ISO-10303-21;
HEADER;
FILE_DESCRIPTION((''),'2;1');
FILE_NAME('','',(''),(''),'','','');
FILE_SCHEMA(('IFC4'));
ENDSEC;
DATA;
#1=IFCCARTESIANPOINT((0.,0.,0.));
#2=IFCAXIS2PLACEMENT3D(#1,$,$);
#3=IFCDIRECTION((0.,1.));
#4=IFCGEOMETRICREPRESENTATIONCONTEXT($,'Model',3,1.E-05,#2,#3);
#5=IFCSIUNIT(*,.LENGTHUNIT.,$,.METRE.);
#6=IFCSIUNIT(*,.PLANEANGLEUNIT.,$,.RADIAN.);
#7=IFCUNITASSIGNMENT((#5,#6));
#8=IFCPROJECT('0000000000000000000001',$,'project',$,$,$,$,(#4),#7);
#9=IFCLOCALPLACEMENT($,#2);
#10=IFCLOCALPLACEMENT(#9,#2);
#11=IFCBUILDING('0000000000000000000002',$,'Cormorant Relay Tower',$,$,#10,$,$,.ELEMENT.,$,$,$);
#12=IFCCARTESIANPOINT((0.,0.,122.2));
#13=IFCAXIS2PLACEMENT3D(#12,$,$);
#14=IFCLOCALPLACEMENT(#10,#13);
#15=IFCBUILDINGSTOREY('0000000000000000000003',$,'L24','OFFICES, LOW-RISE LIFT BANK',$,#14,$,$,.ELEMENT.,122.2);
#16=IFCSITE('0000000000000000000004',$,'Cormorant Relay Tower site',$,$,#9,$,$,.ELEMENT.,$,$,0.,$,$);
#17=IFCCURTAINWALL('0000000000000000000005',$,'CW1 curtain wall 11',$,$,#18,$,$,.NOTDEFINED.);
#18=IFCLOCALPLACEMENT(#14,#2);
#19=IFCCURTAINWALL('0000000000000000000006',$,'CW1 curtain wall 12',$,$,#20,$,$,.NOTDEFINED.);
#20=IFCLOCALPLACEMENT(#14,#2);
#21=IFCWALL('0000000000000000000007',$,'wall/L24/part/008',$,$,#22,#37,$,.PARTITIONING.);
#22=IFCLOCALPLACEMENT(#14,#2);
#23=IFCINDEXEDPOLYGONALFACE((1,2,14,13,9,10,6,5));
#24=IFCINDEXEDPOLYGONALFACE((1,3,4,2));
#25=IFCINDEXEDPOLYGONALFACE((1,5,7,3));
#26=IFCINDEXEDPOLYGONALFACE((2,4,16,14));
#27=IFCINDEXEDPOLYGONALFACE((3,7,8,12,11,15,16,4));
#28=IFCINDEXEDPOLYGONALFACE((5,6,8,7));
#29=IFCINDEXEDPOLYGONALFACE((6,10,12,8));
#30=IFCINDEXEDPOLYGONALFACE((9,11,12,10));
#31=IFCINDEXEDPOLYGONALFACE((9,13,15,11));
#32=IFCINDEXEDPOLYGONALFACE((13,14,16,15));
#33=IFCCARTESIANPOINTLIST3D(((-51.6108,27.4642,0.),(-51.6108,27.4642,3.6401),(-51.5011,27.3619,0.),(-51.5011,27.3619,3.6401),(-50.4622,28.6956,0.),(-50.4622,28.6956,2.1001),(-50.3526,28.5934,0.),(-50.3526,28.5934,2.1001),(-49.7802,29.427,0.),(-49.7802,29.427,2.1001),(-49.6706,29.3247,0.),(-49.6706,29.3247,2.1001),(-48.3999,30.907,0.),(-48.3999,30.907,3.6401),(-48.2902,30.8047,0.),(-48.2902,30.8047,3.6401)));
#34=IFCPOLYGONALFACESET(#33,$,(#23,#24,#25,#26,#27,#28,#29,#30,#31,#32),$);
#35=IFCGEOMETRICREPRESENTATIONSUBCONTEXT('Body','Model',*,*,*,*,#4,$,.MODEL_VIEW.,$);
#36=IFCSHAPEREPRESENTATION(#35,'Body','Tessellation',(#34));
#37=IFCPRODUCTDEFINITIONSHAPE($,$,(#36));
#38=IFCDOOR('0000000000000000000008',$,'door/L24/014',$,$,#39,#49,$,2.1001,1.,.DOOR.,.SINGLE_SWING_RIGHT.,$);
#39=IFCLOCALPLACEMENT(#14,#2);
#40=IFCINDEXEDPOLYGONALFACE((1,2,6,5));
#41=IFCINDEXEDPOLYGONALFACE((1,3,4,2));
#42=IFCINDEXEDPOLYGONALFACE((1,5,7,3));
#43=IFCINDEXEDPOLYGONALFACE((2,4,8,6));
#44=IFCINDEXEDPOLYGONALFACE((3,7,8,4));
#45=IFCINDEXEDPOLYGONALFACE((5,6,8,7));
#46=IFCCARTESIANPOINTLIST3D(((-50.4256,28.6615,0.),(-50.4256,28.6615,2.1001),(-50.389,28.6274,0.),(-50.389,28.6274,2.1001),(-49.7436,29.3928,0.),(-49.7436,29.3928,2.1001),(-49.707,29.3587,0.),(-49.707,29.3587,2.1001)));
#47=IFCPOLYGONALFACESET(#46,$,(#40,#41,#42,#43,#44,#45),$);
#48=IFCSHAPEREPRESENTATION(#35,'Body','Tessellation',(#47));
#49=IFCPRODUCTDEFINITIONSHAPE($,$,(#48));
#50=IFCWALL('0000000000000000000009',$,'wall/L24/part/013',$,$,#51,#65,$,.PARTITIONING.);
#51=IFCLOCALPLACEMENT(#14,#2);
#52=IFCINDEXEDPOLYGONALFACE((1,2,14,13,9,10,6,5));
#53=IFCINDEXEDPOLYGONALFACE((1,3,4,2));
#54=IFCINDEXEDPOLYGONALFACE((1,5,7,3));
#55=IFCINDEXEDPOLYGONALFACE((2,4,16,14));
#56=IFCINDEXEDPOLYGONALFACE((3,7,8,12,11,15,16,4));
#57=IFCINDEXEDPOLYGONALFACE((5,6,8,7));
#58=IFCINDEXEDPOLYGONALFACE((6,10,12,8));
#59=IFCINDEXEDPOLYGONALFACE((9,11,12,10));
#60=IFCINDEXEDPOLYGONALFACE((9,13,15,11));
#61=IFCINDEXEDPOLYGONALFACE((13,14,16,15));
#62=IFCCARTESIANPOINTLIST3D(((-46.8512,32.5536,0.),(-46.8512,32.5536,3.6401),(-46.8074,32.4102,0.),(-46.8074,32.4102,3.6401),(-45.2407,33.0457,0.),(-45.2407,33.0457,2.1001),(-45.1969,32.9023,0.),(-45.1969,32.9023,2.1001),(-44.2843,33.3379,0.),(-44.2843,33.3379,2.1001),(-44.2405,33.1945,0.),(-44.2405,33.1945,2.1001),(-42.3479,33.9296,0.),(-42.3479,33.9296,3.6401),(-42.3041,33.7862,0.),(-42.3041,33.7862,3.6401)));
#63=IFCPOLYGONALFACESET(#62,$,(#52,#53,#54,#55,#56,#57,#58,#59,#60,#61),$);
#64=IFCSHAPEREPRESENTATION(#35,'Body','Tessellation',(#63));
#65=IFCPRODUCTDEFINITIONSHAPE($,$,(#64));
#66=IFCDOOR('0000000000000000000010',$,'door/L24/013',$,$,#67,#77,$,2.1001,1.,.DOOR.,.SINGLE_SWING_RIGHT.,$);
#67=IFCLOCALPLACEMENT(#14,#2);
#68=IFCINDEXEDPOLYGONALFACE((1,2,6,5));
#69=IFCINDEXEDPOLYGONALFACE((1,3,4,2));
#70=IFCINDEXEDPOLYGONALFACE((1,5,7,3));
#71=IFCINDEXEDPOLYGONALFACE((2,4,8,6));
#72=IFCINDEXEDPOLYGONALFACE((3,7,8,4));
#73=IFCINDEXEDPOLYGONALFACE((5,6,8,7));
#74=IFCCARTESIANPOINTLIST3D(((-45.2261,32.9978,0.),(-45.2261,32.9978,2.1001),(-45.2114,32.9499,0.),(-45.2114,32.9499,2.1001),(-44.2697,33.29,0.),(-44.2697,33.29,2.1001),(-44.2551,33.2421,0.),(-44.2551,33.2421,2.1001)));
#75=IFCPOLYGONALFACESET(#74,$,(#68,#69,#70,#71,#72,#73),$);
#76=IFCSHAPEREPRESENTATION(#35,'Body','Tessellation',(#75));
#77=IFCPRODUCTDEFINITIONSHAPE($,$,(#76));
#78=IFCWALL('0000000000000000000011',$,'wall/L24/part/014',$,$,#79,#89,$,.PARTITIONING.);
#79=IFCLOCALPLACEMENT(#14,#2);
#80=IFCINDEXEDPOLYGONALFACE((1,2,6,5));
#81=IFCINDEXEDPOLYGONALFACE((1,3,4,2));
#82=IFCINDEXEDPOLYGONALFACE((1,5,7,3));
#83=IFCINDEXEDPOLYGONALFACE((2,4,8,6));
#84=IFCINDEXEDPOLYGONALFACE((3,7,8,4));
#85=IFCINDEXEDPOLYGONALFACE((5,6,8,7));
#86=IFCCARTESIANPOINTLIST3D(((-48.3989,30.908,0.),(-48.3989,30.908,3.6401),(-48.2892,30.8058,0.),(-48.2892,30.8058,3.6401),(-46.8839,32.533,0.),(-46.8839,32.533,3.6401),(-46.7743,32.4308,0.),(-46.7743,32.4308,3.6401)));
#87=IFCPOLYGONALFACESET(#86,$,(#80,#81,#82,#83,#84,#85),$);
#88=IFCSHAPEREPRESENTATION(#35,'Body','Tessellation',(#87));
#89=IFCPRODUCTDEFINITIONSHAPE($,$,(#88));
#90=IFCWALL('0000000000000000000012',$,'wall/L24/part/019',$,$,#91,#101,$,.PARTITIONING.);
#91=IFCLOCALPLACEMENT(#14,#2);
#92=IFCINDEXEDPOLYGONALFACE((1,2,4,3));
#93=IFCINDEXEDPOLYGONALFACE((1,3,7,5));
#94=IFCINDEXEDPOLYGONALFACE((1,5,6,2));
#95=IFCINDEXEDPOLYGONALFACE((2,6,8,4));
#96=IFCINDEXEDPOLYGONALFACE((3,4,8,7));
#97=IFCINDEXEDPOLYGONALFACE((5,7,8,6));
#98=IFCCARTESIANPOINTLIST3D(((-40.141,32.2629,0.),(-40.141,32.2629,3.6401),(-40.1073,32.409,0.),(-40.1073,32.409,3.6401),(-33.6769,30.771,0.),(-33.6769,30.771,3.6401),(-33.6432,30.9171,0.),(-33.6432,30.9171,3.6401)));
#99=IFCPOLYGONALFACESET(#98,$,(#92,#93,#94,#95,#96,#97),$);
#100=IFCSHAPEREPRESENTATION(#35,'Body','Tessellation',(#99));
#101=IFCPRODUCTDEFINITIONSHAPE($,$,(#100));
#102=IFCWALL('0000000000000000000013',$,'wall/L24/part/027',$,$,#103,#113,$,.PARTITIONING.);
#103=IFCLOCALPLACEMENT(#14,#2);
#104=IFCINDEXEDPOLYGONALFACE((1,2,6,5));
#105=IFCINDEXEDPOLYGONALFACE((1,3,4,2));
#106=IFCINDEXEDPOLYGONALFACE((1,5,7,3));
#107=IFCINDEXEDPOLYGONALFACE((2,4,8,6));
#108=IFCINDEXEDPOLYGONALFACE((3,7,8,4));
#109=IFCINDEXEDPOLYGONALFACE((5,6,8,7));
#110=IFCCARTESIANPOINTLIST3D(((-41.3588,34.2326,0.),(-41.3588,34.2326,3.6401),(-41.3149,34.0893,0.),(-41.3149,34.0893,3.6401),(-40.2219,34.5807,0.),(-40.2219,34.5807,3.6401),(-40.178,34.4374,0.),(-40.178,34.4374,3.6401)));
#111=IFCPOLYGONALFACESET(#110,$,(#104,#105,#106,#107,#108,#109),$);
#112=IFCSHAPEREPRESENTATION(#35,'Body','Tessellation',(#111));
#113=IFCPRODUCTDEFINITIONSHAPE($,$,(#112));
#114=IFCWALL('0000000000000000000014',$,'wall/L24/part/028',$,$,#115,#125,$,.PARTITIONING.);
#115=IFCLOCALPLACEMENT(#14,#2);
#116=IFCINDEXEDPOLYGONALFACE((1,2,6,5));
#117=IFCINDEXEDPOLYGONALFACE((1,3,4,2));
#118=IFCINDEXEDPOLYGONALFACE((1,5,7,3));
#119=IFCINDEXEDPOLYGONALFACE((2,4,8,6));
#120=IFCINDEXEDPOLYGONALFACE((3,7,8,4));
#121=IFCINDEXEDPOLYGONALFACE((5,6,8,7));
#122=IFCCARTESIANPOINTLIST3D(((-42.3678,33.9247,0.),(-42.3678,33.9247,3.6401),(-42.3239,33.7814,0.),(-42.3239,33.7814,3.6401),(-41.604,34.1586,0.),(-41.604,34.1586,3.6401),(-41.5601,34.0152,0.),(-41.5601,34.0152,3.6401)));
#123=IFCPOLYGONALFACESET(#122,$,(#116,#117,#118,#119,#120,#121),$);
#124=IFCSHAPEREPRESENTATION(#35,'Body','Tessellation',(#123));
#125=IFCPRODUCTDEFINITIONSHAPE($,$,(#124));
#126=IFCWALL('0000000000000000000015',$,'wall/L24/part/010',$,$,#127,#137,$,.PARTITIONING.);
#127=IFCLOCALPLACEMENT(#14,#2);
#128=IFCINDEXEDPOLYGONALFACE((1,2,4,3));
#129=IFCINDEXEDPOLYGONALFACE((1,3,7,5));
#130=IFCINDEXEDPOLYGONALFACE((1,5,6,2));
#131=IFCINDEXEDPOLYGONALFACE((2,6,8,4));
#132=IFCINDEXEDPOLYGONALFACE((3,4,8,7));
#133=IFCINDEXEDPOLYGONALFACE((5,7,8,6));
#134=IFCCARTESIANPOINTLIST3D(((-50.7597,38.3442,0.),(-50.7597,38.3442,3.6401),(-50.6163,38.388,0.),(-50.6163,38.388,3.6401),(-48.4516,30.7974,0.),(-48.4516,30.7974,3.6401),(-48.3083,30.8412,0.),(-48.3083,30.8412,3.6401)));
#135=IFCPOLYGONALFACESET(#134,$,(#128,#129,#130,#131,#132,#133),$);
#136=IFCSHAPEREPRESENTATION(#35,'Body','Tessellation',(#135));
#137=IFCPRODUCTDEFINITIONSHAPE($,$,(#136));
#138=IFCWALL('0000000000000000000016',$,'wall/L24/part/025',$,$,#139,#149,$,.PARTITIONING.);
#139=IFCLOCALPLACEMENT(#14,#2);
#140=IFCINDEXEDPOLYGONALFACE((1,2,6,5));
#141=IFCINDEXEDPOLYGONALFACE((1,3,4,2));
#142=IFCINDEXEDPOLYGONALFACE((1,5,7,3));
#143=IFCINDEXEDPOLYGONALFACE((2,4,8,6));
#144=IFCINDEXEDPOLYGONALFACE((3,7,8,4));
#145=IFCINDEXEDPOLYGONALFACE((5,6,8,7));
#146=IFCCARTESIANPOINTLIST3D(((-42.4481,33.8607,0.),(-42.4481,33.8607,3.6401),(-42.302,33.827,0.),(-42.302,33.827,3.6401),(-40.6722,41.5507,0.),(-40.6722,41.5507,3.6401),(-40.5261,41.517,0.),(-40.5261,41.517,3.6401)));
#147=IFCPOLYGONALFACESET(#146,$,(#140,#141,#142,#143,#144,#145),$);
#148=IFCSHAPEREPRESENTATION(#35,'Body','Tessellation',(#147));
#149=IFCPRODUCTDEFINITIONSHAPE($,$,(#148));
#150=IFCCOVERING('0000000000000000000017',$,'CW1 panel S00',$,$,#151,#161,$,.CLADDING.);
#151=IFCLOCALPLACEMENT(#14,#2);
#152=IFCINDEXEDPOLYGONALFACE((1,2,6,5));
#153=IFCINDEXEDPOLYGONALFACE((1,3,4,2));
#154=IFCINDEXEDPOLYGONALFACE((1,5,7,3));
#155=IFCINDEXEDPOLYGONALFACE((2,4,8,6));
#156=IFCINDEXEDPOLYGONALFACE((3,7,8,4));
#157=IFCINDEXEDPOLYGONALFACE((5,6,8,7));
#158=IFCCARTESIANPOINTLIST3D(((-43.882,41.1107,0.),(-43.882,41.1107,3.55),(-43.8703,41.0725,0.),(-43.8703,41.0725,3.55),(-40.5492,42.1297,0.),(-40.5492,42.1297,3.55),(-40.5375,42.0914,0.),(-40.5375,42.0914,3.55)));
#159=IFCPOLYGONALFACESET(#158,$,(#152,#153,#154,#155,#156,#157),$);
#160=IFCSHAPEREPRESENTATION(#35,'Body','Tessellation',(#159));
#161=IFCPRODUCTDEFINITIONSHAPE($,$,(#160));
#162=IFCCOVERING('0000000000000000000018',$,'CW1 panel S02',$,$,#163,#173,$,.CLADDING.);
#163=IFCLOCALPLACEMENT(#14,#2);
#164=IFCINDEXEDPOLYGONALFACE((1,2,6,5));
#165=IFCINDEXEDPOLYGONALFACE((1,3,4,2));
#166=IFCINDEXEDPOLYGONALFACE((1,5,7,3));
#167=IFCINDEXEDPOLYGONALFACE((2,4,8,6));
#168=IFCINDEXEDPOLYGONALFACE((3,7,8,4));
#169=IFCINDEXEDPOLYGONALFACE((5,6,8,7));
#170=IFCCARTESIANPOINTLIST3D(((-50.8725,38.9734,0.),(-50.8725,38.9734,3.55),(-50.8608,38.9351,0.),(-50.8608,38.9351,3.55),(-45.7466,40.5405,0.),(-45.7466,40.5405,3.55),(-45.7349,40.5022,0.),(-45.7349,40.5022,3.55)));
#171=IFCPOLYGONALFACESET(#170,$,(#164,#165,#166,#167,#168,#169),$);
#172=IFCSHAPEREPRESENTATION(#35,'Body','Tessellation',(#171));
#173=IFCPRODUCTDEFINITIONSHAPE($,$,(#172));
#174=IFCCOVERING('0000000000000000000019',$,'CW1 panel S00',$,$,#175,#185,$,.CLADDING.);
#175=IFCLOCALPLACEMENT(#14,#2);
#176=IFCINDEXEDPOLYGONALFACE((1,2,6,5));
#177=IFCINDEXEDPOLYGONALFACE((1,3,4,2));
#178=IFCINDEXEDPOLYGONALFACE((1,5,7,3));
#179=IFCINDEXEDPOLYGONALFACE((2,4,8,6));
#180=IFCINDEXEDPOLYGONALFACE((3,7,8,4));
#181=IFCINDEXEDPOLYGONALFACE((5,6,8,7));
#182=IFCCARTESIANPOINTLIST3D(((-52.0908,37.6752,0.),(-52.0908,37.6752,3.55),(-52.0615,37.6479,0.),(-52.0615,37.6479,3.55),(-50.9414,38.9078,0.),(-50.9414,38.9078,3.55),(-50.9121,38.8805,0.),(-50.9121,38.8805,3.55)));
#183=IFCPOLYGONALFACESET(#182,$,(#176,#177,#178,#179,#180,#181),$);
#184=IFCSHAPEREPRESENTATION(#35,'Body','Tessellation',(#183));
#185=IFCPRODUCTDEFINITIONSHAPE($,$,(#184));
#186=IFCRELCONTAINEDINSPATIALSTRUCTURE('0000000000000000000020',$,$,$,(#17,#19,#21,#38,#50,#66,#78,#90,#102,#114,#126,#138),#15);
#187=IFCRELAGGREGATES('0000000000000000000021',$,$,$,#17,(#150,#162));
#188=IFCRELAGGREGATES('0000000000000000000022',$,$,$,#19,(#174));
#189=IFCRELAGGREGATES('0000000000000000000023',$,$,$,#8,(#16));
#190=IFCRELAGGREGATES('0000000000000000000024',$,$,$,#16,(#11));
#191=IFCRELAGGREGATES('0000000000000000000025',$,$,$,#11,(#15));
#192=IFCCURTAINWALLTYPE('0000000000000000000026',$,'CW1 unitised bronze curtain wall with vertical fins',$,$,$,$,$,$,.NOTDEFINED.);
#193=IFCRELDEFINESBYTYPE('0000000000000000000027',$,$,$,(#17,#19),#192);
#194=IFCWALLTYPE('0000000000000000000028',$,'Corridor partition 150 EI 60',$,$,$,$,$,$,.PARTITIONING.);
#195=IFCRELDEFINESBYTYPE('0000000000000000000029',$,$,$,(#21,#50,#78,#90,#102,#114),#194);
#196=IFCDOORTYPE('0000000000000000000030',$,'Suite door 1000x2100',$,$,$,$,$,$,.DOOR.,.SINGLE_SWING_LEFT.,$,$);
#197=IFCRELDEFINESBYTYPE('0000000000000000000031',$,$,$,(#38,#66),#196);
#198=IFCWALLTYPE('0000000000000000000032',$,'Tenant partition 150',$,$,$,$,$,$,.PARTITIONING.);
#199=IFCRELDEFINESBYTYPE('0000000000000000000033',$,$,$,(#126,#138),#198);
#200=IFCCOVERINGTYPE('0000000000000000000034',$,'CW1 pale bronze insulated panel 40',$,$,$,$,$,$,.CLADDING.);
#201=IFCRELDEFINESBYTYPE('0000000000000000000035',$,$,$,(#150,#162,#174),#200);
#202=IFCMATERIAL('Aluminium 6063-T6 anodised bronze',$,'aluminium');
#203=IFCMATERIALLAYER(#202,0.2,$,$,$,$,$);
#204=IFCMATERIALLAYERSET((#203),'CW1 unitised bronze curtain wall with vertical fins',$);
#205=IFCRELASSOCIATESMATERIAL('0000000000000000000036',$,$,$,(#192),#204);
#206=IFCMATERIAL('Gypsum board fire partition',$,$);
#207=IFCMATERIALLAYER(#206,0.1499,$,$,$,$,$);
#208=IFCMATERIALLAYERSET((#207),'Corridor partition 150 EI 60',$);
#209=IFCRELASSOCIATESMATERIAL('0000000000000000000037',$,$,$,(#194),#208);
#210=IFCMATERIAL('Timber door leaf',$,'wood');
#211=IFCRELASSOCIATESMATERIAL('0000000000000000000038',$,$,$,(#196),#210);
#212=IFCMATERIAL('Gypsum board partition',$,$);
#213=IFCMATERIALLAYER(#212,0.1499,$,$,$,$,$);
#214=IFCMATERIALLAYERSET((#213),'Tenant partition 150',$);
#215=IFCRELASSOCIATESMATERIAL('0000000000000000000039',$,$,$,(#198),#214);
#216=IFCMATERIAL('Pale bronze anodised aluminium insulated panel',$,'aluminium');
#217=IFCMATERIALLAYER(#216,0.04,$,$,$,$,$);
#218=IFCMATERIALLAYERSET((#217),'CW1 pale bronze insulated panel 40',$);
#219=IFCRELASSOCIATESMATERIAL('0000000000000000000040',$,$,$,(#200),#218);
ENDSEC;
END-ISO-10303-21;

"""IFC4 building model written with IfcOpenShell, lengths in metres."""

from ifc_helpers import new_model, si_unit, direction, frame, frame_2d, origin, origin_2d, place, context, subcontext, project, spatial, rectangle, extrude, material, layer, layer_set, type_object, element, fill, aggregate, save


model = new_model("IFC4")

# Units and contexts
model_context = context("Model", 3, precision=1e-05, world=origin(), true_north=direction((0.0, 1.0)))
body_context = subcontext(model_context, "Body", "Model", "MODEL_VIEW")
ifc_project = project(units=[si_unit("LENGTHUNIT", "METRE"), si_unit("PLANEANGLEUNIT", "RADIAN")], contexts=[model_context])

# Site, building, storey
site_placement = place(None, origin())
site = spatial("IfcSite", under=ifc_project, at=site_placement, Name="Cormorant Relay Tower site", CompositionType="ELEMENT", RefElevation=0.0)
building_placement = place(site_placement, origin())
building = spatial("IfcBuilding", under=site, at=building_placement, Name="Cormorant Relay Tower", CompositionType="ELEMENT")
storey_placement = place(building_placement, frame((0.0, 0.0, 122.2)))
storey = spatial("IfcBuildingStorey", under=building, at=storey_placement, Name="L24", Description="OFFICES, LOW-RISE LIFT BANK", CompositionType="ELEMENT", Elevation=122.2)

# Curtain walls
ifc_material_1 = material(Name="Aluminium 6063-T6 anodised bronze", Category="aluminium")
ifc_layer_1 = layer(ifc_material_1, 0.2)
ifc_layer_set_1 = layer_set([ifc_layer_1], Name="CW1 unitised bronze curtain wall with vertical fins")
curtain_wall_type = type_object("IfcCurtainWallType", Name="CW1 unitised bronze curtain wall with vertical fins", PredefinedType="NOTDEFINED", material=ifc_layer_set_1)
curtain_wall_1_placement = place(storey_placement, origin())
curtain_wall_1 = element("IfcCurtainWall", 1, at=curtain_wall_1_placement, inside=storey, type_object=curtain_wall_type, Name="CW1 curtain wall 11", PredefinedType="NOTDEFINED")
curtain_wall_2_placement = place(storey_placement, origin())
curtain_wall_2 = element("IfcCurtainWall", 2, at=curtain_wall_2_placement, inside=storey, type_object=curtain_wall_type, Name="CW1 curtain wall 12", PredefinedType="NOTDEFINED")

# Walls, openings, doors
ifc_material_2 = material(Name="Gypsum board fire partition")
ifc_layer_2 = layer(ifc_material_2, 0.1499)
ifc_layer_set_2 = layer_set([ifc_layer_2], Name="Corridor partition 150 EI 60")
wall_type_1 = type_object("IfcWallType", Name="Corridor partition 150 EI 60", PredefinedType="PARTITIONING", material=ifc_layer_set_2)
wall_1_placement = place(storey_placement, frame((-48.345, 30.856, 0.0), z_axis=(0.0, 0.0, 1.0), x_axis=(-0.682045, -0.73131, 0.0)))
wall_1 = element("IfcWall", 3, at=wall_1_placement, inside=storey, type_object=wall_type_1, Name="wall/L24/part/008", PredefinedType="PARTITIONING", context=body_context, shape_type="SweptSolid", body=[
    extrude(rectangle(XDim=4.7078, YDim=0.1499, at=frame_2d((2.354, 0.0))), origin(), (0.0, 0.0, 1.0), 3.6401),
])
opening_1_placement = place(wall_1_placement, frame((2.0239, 0.0, 0.0)))
opening_1 = element("IfcOpeningElement", 4, at=opening_1_placement, cuts=wall_1, PredefinedType="OPENING", context=body_context, shape_type="SweptSolid", body=[
    extrude(rectangle(XDim=1.0, YDim=2.1001, at=frame_2d((0.5, 1.05))), frame((0.0, 0.085, 0.0), z_axis=(0.0, -1.0, 0.0), x_axis=(1.0, 0.0, 0.0)), (0.0, 0.0, 1.0), 0.1699),
])
ifc_material_3 = material(Name="Timber door leaf", Category="wood")
door_type = type_object("IfcDoorType", Name="Suite door 1000x2100", OperationType="SINGLE_SWING_LEFT", PredefinedType="DOOR", material=ifc_material_3)
door_1_placement = place(opening_1_placement, frame((1.0, 0.0, 0.0), z_axis=(0.0, 0.0, 1.0), x_axis=(-1.0, 0.0, 0.0)))
door_1 = element("IfcDoor", 5, at=door_1_placement, inside=storey, type_object=door_type, Name="door/L24/014", OperationType="SINGLE_SWING_RIGHT", OverallHeight=2.1001, OverallWidth=1.0, PredefinedType="DOOR", context=body_context, shape_type="SweptSolid", body=[
    extrude(rectangle(XDim=1.0, YDim=2.1001, at=frame_2d((0.5, 1.05))), frame((0.0, 0.0249, 0.0), z_axis=(0.0, -1.0, 0.0), x_axis=(1.0, 0.0, 0.0)), (0.0, 0.0, 1.0), 0.05),
])
fill(opening_1, door_1)
wall_2_placement = place(storey_placement, frame((-42.3259, 33.8579, 0.0), z_axis=(0.0, 0.0, 1.0), x_axis=(-0.956351, -0.29222, 0.0)))
wall_2 = element("IfcWall", 6, at=wall_2_placement, inside=storey, type_object=wall_type_1, Name="wall/L24/part/013", PredefinedType="PARTITIONING", context=body_context, shape_type="SweptSolid", body=[
    extrude(rectangle(XDim=4.7087, YDim=0.1499, at=frame_2d((2.3545, 0.0))), origin(), (0.0, 0.0, 1.0), 3.6401),
])
opening_2_placement = place(wall_2_placement, frame((2.0249, 0.0, 0.0)))
opening_2 = element("IfcOpeningElement", 7, at=opening_2_placement, cuts=wall_2, PredefinedType="OPENING", context=body_context, shape_type="SweptSolid", body=[
    extrude(rectangle(XDim=1.0, YDim=2.1001, at=frame_2d((0.5, 1.05))), frame((0.0, 0.085, 0.0), z_axis=(0.0, -1.0, 0.0), x_axis=(1.0, 0.0, 0.0)), (0.0, 0.0, 1.0), 0.1699),
])
door_2_placement = place(opening_2_placement, frame((1.0, 0.0, 0.0), z_axis=(0.0, 0.0, 1.0), x_axis=(-1.0, 0.0, 0.0)))
door_2 = element("IfcDoor", 8, at=door_2_placement, inside=storey, type_object=door_type, Name="door/L24/013", OperationType="SINGLE_SWING_RIGHT", OverallHeight=2.1001, OverallWidth=1.0, PredefinedType="DOOR", context=body_context, shape_type="SweptSolid", body=[
    extrude(rectangle(XDim=1.0, YDim=2.1001, at=frame_2d((0.5, 1.05))), frame((0.0, 0.0249, 0.0), z_axis=(0.0, -1.0, 0.0), x_axis=(1.0, 0.0, 0.0)), (0.0, 0.0, 1.0), 0.05),
])
fill(opening_2, door_2)

# Walls
wall_3_placement = place(storey_placement, frame((-46.8291, 32.4819, 0.0), z_axis=(0.0, 0.0, 1.0), x_axis=(-0.681891, -0.731453, 0.0)))
element("IfcWall", 9, at=wall_3_placement, inside=storey, type_object=wall_type_1, Name="wall/L24/part/014", PredefinedType="PARTITIONING", context=body_context, shape_type="SweptSolid", body=[
    extrude(rectangle(XDim=2.2217, YDim=0.1499, at=frame_2d((1.1108, 0.0))), origin(), (0.0, 0.0, 1.0), 3.6401),
])
wall_4_placement = place(storey_placement, frame((-40.124, 32.3359, 0.0), z_axis=(0.0, 0.0, 1.0), x_axis=(0.974384, -0.224892, 0.0)))
element("IfcWall", 10, at=wall_4_placement, inside=storey, type_object=wall_type_1, Name="wall/L24/part/019", PredefinedType="PARTITIONING", context=body_context, shape_type="SweptSolid", body=[
    extrude(rectangle(XDim=6.634, YDim=0.1499, at=frame_2d((3.3169, 0.0))), origin(), (0.0, 0.0, 1.0), 3.6401),
])
wall_5_placement = place(storey_placement, frame((-40.2, 34.509, 0.0), z_axis=(0.0, 0.0, 1.0), x_axis=(-0.956178, -0.292787, 0.0)))
element("IfcWall", 11, at=wall_5_placement, inside=storey, type_object=wall_type_1, Name="wall/L24/part/027", PredefinedType="PARTITIONING", context=body_context, shape_type="SweptSolid", body=[
    extrude(rectangle(XDim=1.189, YDim=0.1499, at=frame_2d((0.5945, 0.0))), origin(), (0.0, 0.0, 1.0), 3.6401),
])
wall_6_placement = place(storey_placement, frame((-41.582, 34.0869, 0.0), z_axis=(0.0, 0.0, 1.0), x_axis=(-0.956188, -0.292754, 0.0)))
element("IfcWall", 12, at=wall_6_placement, inside=storey, type_object=wall_type_1, Name="wall/L24/part/028", PredefinedType="PARTITIONING", context=body_context, shape_type="SweptSolid", body=[
    extrude(rectangle(XDim=0.7988, YDim=0.1499, at=frame_2d((0.3994, 0.0))), origin(), (0.0, 0.0, 1.0), 3.6401),
])
ifc_material_4 = material(Name="Gypsum board partition")
ifc_layer_3 = layer(ifc_material_4, 0.1499)
ifc_layer_set_3 = layer_set([ifc_layer_3], Name="Tenant partition 150")
wall_type_2 = type_object("IfcWallType", Name="Tenant partition 150", PredefinedType="PARTITIONING", material=ifc_layer_set_3)
wall_7_placement = place(storey_placement, frame((-50.688, 38.366, 0.0), z_axis=(0.0, 0.0, 1.0), x_axis=(0.292464, -0.956277, 0.0)))
element("IfcWall", 13, at=wall_7_placement, inside=storey, type_object=wall_type_2, Name="wall/L24/part/010", PredefinedType="PARTITIONING", context=body_context, shape_type="SweptSolid", body=[
    extrude(rectangle(XDim=7.8918, YDim=0.1499, at=frame_2d((3.9458, 0.0))), origin(), (0.0, 0.0, 1.0), 3.6401),
])
wall_8_placement = place(storey_placement, frame((-40.5991, 41.5339, 0.0), z_axis=(0.0, 0.0, 1.0), x_axis=(-0.225013, -0.974356, 0.0)))
element("IfcWall", 14, at=wall_8_placement, inside=storey, type_object=wall_type_2, Name="wall/L24/part/025", PredefinedType="PARTITIONING", context=body_context, shape_type="SweptSolid", body=[
    extrude(rectangle(XDim=7.8923, YDim=0.1499, at=frame_2d((3.9463, 0.0))), origin(), (0.0, 0.0, 1.0), 3.6401),
])

# Coverings
ifc_material_5 = material(Name="Pale bronze anodised aluminium insulated panel", Category="aluminium")
ifc_layer_4 = layer(ifc_material_5, 0.04)
ifc_layer_set_4 = layer_set([ifc_layer_4], Name="CW1 pale bronze insulated panel 40")
covering_type = type_object("IfcCoveringType", Name="CW1 pale bronze insulated panel 40", PredefinedType="CLADDING", material=ifc_layer_set_4)
covering_1_placement = place(storey_placement, frame((-42.2097, 41.6011, 0.0), z_axis=(0.0, 0.0, 1.0), x_axis=(-0.956305, -0.292372, 0.0)))
covering_1 = element("IfcCovering", 15, at=covering_1_placement, type_object=covering_type, Name="CW1 panel S00", PredefinedType="CLADDING", context=body_context, shape_type="SweptSolid", body=[
    extrude(rectangle(XDim=3.4851, YDim=0.04, at=origin_2d()), origin(), (0.0, 0.0, 1.0), 3.55),
])
covering_2_placement = place(storey_placement, frame((-48.3037, 39.7378, 0.0), z_axis=(0.0, 0.0, 1.0), x_axis=(-0.956305, -0.292372, 0.0)))
covering_2 = element("IfcCovering", 16, at=covering_2_placement, type_object=covering_type, Name="CW1 panel S02", PredefinedType="CLADDING", context=body_context, shape_type="SweptSolid", body=[
    extrude(rectangle(XDim=5.3601, YDim=0.04, at=origin_2d()), origin(), (0.0, 0.0, 1.0), 3.55),
])
aggregate(curtain_wall_1, [covering_1, covering_2])
covering_3_placement = place(storey_placement, frame((-51.5015, 38.2778, 0.0), z_axis=(0.0, 0.0, 1.0), x_axis=(-0.681998, -0.731354, 0.0)))
covering_3 = element("IfcCovering", 17, at=covering_3_placement, type_object=covering_type, Name="CW1 panel S00", PredefinedType="CLADDING", context=body_context, shape_type="SweptSolid", body=[
    extrude(rectangle(XDim=1.6853, YDim=0.04, at=origin_2d()), origin(), (0.0, 0.0, 1.0), 3.55),
])
aggregate(curtain_wall_2, [covering_3])

save(model, "model.ifc")
